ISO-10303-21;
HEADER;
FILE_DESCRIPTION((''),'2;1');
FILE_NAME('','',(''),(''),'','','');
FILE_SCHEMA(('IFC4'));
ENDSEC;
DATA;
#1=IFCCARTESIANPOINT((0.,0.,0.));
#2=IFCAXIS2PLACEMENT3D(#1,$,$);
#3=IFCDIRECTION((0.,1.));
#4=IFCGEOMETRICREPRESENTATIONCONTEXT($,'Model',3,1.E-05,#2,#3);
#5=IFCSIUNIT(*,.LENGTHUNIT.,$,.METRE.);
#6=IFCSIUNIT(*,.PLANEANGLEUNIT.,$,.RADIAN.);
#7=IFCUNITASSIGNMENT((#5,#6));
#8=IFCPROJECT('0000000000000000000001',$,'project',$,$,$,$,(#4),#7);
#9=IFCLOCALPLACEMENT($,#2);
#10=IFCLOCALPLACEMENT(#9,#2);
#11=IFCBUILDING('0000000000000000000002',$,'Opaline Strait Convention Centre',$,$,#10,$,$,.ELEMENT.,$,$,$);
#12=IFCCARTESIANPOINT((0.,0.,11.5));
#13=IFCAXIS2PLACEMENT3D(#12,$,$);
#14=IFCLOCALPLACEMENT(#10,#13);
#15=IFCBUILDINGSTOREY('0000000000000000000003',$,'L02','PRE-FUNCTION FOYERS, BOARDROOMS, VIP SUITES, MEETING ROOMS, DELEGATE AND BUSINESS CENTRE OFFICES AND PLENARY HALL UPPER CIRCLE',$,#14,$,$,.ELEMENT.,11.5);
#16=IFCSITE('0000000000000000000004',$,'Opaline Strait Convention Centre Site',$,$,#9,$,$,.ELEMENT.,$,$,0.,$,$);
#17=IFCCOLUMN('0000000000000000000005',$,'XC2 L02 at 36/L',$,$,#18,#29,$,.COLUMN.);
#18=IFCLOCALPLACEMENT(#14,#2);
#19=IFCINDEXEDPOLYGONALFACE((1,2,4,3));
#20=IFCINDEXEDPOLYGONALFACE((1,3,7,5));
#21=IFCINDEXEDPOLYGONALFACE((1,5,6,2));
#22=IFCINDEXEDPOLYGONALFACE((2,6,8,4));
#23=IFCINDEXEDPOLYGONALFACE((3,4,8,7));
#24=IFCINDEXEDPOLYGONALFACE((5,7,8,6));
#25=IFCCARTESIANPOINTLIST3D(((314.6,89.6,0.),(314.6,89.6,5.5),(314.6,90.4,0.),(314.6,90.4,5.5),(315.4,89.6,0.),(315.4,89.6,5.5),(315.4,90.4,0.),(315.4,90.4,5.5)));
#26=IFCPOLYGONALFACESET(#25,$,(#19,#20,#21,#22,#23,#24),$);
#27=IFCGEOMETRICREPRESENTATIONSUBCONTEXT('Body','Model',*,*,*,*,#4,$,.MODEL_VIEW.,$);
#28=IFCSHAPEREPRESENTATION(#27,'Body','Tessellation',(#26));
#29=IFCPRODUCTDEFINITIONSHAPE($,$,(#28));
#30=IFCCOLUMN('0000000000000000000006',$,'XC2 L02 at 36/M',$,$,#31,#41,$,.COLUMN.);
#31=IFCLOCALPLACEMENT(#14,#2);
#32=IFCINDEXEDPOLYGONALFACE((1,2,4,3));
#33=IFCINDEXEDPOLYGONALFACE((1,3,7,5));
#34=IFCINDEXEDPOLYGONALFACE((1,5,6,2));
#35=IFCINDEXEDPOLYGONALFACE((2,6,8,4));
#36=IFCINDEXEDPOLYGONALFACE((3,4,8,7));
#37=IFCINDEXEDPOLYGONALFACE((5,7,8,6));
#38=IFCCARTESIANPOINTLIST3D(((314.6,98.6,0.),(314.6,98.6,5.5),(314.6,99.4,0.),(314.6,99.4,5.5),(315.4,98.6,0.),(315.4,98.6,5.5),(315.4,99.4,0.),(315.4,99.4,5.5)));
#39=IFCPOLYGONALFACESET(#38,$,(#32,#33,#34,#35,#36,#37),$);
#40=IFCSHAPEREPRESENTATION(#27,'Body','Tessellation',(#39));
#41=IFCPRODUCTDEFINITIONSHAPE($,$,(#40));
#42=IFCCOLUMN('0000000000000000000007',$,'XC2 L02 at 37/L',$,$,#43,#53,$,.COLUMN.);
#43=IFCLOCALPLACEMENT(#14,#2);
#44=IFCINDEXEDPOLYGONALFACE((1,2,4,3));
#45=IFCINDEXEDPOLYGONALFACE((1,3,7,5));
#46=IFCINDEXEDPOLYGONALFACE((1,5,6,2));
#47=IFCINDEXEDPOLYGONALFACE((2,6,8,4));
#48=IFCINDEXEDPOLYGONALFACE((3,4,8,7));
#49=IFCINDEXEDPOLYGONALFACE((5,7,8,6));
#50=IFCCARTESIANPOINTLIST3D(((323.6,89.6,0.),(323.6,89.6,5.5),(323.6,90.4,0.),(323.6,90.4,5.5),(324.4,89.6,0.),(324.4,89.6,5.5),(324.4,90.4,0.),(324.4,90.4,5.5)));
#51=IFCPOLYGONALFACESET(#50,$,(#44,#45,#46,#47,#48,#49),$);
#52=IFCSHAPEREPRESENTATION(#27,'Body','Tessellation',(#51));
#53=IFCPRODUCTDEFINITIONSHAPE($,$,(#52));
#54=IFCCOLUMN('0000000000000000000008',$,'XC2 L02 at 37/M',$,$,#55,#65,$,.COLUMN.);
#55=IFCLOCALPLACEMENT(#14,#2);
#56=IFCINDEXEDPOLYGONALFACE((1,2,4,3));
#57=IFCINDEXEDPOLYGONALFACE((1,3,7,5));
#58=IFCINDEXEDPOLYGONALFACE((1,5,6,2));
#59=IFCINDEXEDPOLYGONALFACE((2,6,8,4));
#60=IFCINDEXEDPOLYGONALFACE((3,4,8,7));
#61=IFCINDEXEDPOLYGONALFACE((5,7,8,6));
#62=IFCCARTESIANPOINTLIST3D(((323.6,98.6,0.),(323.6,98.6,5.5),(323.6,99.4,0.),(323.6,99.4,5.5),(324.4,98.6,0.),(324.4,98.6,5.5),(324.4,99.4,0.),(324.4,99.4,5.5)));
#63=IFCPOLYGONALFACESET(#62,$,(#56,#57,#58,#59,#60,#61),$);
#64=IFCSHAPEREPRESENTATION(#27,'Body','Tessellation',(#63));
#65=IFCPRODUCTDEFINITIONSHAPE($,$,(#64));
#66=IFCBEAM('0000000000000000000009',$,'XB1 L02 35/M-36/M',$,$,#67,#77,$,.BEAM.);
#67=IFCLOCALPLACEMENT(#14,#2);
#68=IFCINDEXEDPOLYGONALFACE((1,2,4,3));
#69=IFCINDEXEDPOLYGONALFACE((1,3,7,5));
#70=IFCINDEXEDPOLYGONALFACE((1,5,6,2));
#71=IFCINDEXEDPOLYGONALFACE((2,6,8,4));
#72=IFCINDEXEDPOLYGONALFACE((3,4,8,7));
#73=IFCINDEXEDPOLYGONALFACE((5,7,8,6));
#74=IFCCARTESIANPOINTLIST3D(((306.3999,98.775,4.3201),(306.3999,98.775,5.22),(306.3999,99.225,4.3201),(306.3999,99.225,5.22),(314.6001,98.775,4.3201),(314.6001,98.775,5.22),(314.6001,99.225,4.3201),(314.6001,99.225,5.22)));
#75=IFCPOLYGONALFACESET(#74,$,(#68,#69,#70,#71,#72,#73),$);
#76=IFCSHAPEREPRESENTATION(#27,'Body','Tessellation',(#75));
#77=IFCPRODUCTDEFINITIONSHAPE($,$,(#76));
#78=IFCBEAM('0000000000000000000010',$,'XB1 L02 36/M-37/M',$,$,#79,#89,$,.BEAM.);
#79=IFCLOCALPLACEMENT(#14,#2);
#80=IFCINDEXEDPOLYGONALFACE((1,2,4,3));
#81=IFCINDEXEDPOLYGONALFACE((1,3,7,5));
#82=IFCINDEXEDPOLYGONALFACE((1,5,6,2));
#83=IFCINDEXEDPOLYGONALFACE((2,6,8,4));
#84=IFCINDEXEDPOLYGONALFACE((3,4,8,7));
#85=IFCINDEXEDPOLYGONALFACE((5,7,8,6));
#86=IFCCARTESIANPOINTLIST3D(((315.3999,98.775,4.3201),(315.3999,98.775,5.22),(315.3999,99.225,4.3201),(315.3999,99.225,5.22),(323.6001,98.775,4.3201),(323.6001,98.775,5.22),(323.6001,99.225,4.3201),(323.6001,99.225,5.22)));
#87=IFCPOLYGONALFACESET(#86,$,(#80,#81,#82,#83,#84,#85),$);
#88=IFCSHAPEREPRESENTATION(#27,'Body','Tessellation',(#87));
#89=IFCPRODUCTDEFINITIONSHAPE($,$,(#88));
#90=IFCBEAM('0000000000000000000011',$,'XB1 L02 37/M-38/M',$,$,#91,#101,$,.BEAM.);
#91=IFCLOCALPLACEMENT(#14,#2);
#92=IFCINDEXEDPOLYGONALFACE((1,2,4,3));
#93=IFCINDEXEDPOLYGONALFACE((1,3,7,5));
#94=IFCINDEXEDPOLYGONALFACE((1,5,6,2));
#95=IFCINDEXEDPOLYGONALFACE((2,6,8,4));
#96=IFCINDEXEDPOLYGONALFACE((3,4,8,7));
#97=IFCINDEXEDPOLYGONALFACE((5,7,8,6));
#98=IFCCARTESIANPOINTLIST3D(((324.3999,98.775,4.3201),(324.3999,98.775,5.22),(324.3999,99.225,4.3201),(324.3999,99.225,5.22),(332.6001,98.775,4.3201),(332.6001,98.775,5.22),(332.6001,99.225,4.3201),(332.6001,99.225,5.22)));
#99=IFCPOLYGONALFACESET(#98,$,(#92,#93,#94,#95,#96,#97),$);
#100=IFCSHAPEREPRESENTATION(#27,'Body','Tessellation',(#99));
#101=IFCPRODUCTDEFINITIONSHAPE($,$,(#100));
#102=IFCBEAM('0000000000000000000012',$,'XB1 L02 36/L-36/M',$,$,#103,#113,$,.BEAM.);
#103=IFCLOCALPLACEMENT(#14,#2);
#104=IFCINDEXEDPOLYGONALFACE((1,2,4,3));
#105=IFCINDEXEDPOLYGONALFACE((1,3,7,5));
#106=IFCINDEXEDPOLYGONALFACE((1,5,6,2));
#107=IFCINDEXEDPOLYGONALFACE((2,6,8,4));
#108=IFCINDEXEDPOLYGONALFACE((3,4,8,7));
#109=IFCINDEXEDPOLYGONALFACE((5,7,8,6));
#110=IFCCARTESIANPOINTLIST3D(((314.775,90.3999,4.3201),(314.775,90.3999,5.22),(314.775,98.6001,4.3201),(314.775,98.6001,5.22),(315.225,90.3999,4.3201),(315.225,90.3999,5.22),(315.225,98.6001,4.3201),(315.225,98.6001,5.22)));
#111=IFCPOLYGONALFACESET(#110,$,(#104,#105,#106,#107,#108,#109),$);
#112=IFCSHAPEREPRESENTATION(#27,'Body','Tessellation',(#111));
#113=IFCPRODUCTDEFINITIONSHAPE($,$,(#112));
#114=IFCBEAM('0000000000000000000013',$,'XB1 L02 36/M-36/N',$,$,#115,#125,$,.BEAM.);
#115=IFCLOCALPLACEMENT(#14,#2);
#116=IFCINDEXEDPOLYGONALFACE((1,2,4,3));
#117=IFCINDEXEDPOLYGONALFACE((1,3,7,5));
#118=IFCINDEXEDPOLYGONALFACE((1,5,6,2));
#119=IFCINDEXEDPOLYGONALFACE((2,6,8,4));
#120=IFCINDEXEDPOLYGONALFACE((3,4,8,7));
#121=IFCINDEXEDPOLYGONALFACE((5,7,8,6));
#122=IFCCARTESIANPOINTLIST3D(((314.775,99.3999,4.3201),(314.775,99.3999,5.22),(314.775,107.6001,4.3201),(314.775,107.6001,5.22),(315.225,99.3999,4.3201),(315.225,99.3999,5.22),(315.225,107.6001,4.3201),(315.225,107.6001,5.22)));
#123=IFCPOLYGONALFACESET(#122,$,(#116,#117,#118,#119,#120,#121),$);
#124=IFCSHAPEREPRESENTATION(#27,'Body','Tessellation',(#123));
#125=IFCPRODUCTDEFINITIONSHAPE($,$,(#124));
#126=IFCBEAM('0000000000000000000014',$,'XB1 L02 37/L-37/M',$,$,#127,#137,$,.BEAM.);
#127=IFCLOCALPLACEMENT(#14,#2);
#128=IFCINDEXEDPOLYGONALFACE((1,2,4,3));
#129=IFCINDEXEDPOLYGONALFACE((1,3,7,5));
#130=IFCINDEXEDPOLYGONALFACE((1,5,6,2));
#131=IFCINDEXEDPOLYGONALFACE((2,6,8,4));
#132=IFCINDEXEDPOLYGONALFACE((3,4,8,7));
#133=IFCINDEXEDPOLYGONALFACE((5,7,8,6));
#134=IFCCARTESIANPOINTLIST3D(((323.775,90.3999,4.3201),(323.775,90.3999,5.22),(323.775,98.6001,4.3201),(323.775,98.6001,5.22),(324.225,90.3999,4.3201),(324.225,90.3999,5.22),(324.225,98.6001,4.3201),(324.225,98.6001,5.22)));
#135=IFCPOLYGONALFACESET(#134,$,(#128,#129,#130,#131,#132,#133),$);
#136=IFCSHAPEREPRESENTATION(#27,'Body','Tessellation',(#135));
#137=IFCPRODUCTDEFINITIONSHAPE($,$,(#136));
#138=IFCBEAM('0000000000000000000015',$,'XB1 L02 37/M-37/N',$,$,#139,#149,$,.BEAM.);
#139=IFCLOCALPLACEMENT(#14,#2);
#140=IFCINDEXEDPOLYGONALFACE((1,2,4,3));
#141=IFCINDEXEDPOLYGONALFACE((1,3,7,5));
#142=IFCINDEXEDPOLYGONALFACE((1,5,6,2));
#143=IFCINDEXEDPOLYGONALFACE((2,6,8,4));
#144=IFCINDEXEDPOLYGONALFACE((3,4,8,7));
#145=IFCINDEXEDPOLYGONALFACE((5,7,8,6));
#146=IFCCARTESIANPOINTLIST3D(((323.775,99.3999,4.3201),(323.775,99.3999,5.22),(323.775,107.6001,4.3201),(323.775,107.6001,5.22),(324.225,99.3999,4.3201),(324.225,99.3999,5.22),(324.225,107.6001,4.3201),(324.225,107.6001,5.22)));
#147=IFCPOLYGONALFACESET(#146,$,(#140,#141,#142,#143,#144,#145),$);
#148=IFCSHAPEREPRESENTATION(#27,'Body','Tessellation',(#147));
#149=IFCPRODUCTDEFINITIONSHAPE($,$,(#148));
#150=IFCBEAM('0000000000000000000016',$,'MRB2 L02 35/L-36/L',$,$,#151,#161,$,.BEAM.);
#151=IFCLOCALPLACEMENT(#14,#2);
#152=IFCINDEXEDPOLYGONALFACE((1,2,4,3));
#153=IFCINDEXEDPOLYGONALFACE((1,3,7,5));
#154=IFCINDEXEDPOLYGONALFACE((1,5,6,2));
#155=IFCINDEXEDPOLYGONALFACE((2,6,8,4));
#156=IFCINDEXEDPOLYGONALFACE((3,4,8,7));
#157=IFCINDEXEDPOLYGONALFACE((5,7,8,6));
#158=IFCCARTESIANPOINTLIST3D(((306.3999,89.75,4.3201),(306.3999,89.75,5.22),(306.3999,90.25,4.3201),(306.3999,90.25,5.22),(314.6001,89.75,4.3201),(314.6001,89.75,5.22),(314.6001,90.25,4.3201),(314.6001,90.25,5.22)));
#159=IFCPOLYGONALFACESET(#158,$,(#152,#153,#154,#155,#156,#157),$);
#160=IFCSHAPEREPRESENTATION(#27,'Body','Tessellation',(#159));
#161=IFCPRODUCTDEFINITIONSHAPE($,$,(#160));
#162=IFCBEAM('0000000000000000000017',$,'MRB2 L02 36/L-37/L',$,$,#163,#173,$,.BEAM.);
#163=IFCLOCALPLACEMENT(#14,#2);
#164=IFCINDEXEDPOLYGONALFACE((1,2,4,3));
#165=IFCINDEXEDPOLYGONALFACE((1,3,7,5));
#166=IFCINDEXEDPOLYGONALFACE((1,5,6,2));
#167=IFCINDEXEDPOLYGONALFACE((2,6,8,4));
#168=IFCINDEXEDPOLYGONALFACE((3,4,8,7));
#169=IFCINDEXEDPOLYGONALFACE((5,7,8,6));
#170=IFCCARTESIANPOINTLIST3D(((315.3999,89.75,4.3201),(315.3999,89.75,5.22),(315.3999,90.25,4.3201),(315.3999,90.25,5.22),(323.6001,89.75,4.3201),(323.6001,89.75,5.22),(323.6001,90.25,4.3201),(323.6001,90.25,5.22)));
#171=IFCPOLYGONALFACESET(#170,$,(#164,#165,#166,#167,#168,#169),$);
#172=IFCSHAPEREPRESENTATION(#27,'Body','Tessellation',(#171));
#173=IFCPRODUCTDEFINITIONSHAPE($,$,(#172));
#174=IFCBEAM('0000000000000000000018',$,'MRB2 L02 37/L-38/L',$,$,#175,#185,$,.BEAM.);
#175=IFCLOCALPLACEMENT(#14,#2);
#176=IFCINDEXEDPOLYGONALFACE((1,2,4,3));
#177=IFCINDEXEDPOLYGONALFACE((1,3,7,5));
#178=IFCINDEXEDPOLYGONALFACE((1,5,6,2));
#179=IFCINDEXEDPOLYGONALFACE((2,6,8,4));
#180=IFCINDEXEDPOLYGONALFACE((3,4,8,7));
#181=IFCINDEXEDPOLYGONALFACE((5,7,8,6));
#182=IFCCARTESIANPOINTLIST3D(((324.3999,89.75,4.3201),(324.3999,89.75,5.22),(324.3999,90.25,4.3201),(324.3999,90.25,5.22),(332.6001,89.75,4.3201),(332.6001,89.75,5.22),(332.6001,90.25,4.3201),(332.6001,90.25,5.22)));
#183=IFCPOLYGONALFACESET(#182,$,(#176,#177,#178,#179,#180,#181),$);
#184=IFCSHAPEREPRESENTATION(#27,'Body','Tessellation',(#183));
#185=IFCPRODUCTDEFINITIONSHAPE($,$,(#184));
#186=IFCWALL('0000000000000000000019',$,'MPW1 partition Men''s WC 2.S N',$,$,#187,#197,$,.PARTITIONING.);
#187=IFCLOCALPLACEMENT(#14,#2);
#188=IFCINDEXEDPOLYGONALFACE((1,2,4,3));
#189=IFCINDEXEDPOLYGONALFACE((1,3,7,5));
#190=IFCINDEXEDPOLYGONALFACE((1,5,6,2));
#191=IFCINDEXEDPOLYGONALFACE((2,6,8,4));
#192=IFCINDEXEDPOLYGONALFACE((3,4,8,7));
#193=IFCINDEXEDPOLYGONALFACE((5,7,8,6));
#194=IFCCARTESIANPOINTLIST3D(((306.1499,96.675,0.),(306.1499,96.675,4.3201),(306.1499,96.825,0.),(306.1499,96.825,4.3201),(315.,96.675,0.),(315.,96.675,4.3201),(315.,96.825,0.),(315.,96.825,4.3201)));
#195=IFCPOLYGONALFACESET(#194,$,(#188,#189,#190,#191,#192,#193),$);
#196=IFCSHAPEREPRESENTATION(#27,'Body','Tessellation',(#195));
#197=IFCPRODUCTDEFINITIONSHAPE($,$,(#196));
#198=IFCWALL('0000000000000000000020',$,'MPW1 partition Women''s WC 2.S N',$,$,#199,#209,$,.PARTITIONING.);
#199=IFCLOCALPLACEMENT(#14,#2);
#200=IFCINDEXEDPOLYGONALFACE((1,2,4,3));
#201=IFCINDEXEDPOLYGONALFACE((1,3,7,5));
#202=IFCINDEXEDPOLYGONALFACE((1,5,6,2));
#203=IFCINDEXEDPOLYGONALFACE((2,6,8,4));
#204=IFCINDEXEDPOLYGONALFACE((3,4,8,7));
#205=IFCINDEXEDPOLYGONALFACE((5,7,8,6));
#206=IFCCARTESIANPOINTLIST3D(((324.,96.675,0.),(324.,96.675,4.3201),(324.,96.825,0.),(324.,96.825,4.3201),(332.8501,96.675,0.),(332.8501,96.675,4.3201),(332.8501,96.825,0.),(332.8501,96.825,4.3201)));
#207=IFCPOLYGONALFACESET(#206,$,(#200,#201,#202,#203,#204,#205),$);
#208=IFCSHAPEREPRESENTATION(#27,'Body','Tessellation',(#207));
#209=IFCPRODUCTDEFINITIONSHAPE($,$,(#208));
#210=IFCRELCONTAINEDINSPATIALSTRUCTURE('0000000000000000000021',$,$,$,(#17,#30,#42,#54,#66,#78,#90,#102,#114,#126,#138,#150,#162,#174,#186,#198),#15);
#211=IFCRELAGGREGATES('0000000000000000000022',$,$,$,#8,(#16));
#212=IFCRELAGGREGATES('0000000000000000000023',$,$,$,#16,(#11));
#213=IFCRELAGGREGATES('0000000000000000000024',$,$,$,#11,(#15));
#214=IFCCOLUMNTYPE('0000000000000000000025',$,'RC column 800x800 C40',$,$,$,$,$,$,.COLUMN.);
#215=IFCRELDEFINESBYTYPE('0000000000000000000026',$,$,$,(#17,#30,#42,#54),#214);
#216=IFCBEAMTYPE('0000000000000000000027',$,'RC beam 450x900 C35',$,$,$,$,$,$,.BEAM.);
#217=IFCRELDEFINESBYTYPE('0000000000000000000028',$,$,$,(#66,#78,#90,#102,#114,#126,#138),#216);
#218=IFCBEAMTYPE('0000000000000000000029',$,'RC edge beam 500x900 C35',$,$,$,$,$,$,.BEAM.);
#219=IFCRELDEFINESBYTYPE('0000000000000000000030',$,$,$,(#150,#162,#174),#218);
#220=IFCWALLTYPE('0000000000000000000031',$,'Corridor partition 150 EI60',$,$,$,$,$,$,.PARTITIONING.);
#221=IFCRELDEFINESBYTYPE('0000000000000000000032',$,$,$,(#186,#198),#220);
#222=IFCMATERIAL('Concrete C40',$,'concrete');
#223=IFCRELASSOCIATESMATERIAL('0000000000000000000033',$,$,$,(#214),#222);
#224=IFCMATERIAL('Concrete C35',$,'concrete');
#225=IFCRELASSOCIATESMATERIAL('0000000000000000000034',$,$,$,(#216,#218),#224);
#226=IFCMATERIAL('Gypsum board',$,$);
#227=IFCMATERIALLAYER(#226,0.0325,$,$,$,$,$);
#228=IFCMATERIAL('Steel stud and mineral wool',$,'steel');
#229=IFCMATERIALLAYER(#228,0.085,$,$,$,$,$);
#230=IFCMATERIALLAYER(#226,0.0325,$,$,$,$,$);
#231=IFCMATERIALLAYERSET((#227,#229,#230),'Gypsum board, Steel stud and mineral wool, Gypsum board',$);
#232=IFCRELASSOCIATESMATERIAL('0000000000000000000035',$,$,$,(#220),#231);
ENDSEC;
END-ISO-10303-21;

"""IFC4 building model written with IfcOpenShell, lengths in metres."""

from ifc_helpers import new_model, si_unit, direction, frame, frame_2d, origin, origin_2d, place, context, subcontext, project, spatial, rectangle, extrude, material, layer, layer_set, material_profile, profile_set, type_object, element, save


model = new_model("IFC4")

# Units and contexts
model_context = context("Model", 3, precision=1e-05, world=origin(), true_north=direction((0.0, 1.0)))
body_context = subcontext(model_context, "Body", "Model", "MODEL_VIEW")
ifc_project = project(units=[si_unit("LENGTHUNIT", "METRE"), si_unit("PLANEANGLEUNIT", "RADIAN")], contexts=[model_context])

# Site, building, storey
site_placement = place(None, origin())
site = spatial("IfcSite", under=ifc_project, at=site_placement, Name="Opaline Strait Convention Centre Site", CompositionType="ELEMENT", RefElevation=0.0)
building_placement = place(site_placement, origin())
building = spatial("IfcBuilding", under=site, at=building_placement, Name="Opaline Strait Convention Centre", CompositionType="ELEMENT")
storey_placement = place(building_placement, frame((0.0, 0.0, 11.5)))
storey = spatial("IfcBuildingStorey", under=building, at=storey_placement, Name="L02", Description="PRE-FUNCTION FOYERS, BOARDROOMS, VIP SUITES, MEETING ROOMS, DELEGATE AND BUSINESS CENTRE OFFICES AND PLENARY HALL UPPER CIRCLE", CompositionType="ELEMENT", Elevation=11.5)

# Columns
ifc_material_1 = material(Name="Concrete C40", Category="concrete")
ifc_material_profile_1 = material_profile(ifc_material_1, rectangle(XDim=0.8, YDim=0.8, at=origin_2d()), Name="RC 800x800")
ifc_profile_set_1 = profile_set([ifc_material_profile_1], Name="Concrete C40")
column_type = type_object("IfcColumnType", Name="RC column 800x800 C40", PredefinedType="COLUMN", material=ifc_profile_set_1)
for number, where, z_axis, x_axis, name in (
    (1, (315.0, 90.0, 0.0), (0.0, 0.0, 1.0), (1.0, 0.0, 0.0), "XC2 L02 at 36/L"),
    (2, (315.0, 99.0, 0.0), (0.0, 0.0, 1.0), (1.0, 0.0, 0.0), "XC2 L02 at 36/M"),
    (3, (324.0, 90.0, 0.0), (0.0, 0.0, 1.0), (1.0, 0.0, 0.0), "XC2 L02 at 37/L"),
    (4, (324.0, 99.0, 0.0), (0.0, 0.0, 1.0), (1.0, 0.0, 0.0), "XC2 L02 at 37/M"),
):
    element("IfcColumn", number, at=place(storey_placement, frame(where, z_axis=z_axis, x_axis=x_axis)), inside=storey, type_object=column_type, Name=name, PredefinedType="COLUMN", context=body_context, shape_type="SweptSolid", body=[
        extrude(rectangle(XDim=0.8, YDim=0.8, at=origin_2d()), origin(), (0.0, 0.0, 1.0), 5.5),
    ])

# Beams
ifc_material_2 = material(Name="Concrete C35", Category="concrete")
ifc_material_profile_2 = material_profile(ifc_material_2, rectangle(XDim=0.45, YDim=0.8999, at=origin_2d()), Name="RC 450x900")
ifc_profile_set_2 = profile_set([ifc_material_profile_2], Name="Concrete C35")
beam_type_1 = type_object("IfcBeamType", Name="RC beam 450x900 C35", PredefinedType="BEAM", material=ifc_profile_set_2)
for number, where, z_axis, x_axis, name in (
    (5, (306.3999, 99.0, 4.77), (1.0, 0.0, 0.0), (0.0, 1.0, 0.0), "XB1 L02 35/M-36/M"),
    (6, (315.3999, 99.0, 4.77), (1.0, 0.0, 0.0), (0.0, 1.0, 0.0), "XB1 L02 36/M-37/M"),
    (7, (324.3999, 99.0, 4.77), (1.0, 0.0, 0.0), (0.0, 1.0, 0.0), "XB1 L02 37/M-38/M"),
    (8, (315.0, 90.3999, 4.77), (0.0, 1.0, 0.0), (-1.0, 0.0, 0.0), "XB1 L02 36/L-36/M"),
    (9, (315.0, 99.3999, 4.77), (0.0, 1.0, 0.0), (-1.0, 0.0, 0.0), "XB1 L02 36/M-36/N"),
    (10, (324.0, 90.3999, 4.77), (0.0, 1.0, 0.0), (-1.0, 0.0, 0.0), "XB1 L02 37/L-37/M"),
    (11, (324.0, 99.3999, 4.77), (0.0, 1.0, 0.0), (-1.0, 0.0, 0.0), "XB1 L02 37/M-37/N"),
):
    element("IfcBeam", number, at=place(storey_placement, frame(where, z_axis=z_axis, x_axis=x_axis)), inside=storey, type_object=beam_type_1, Name=name, PredefinedType="BEAM", context=body_context, shape_type="SweptSolid", body=[
        extrude(rectangle(XDim=0.45, YDim=0.8999, at=origin_2d()), origin(), (0.0, 0.0, 1.0), 8.2002),
    ])
ifc_material_profile_3 = material_profile(ifc_material_2, rectangle(XDim=0.5, YDim=0.8999, at=origin_2d()), Name="RC 500x900")
ifc_profile_set_3 = profile_set([ifc_material_profile_3], Name="Concrete C35")
beam_type_2 = type_object("IfcBeamType", Name="RC edge beam 500x900 C35", PredefinedType="BEAM", material=ifc_profile_set_3)
for number, where, z_axis, x_axis, name in (
    (12, (306.3999, 90.0, 4.77), (1.0, 0.0, 0.0), (0.0, 1.0, 0.0), "MRB2 L02 35/L-36/L"),
    (13, (315.3999, 90.0, 4.77), (1.0, 0.0, 0.0), (0.0, 1.0, 0.0), "MRB2 L02 36/L-37/L"),
    (14, (324.3999, 90.0, 4.77), (1.0, 0.0, 0.0), (0.0, 1.0, 0.0), "MRB2 L02 37/L-38/L"),
):
    element("IfcBeam", number, at=place(storey_placement, frame(where, z_axis=z_axis, x_axis=x_axis)), inside=storey, type_object=beam_type_2, Name=name, PredefinedType="BEAM", context=body_context, shape_type="SweptSolid", body=[
        extrude(rectangle(XDim=0.5, YDim=0.8999, at=origin_2d()), origin(), (0.0, 0.0, 1.0), 8.2002),
    ])

# Walls
ifc_material_3 = material(Name="Gypsum board")
ifc_layer_1 = layer(ifc_material_3, 0.0325)
ifc_material_4 = material(Name="Steel stud and mineral wool", Category="steel")
ifc_layer_2 = layer(ifc_material_4, 0.085)
ifc_layer_3 = layer(ifc_material_3, 0.0325)
ifc_layer_set_1 = layer_set([ifc_layer_1, ifc_layer_2, ifc_layer_3], Name="Gypsum board, Steel stud and mineral wool, Gypsum board")
wall_type_1 = type_object("IfcWallType", Name="Corridor partition 150 EI60", PredefinedType="PARTITIONING", material=ifc_layer_set_1)
for number, where, z_axis, x_axis, name in (
    (15, (306.1499, 96.75, 0.0), (0.0, 0.0, 1.0), (1.0, 0.0, 0.0), "MPW1 partition Men's WC 2.S N"),
    (16, (324.0, 96.75, 0.0), (0.0, 0.0, 1.0), (1.0, 0.0, 0.0), "MPW1 partition Women's WC 2.S N"),
):
    element("IfcWall", number, at=place(storey_placement, frame(where, z_axis=z_axis, x_axis=x_axis)), inside=storey, type_object=wall_type_1, Name=name, PredefinedType="PARTITIONING", context=body_context, shape_type="SweptSolid", body=[
        extrude(rectangle(XDim=8.8501, YDim=0.1499, at=frame_2d((4.425, 0.0))), origin(), (0.0, 0.0, 1.0), 4.3201),
    ])

save(model, "model.ifc")
